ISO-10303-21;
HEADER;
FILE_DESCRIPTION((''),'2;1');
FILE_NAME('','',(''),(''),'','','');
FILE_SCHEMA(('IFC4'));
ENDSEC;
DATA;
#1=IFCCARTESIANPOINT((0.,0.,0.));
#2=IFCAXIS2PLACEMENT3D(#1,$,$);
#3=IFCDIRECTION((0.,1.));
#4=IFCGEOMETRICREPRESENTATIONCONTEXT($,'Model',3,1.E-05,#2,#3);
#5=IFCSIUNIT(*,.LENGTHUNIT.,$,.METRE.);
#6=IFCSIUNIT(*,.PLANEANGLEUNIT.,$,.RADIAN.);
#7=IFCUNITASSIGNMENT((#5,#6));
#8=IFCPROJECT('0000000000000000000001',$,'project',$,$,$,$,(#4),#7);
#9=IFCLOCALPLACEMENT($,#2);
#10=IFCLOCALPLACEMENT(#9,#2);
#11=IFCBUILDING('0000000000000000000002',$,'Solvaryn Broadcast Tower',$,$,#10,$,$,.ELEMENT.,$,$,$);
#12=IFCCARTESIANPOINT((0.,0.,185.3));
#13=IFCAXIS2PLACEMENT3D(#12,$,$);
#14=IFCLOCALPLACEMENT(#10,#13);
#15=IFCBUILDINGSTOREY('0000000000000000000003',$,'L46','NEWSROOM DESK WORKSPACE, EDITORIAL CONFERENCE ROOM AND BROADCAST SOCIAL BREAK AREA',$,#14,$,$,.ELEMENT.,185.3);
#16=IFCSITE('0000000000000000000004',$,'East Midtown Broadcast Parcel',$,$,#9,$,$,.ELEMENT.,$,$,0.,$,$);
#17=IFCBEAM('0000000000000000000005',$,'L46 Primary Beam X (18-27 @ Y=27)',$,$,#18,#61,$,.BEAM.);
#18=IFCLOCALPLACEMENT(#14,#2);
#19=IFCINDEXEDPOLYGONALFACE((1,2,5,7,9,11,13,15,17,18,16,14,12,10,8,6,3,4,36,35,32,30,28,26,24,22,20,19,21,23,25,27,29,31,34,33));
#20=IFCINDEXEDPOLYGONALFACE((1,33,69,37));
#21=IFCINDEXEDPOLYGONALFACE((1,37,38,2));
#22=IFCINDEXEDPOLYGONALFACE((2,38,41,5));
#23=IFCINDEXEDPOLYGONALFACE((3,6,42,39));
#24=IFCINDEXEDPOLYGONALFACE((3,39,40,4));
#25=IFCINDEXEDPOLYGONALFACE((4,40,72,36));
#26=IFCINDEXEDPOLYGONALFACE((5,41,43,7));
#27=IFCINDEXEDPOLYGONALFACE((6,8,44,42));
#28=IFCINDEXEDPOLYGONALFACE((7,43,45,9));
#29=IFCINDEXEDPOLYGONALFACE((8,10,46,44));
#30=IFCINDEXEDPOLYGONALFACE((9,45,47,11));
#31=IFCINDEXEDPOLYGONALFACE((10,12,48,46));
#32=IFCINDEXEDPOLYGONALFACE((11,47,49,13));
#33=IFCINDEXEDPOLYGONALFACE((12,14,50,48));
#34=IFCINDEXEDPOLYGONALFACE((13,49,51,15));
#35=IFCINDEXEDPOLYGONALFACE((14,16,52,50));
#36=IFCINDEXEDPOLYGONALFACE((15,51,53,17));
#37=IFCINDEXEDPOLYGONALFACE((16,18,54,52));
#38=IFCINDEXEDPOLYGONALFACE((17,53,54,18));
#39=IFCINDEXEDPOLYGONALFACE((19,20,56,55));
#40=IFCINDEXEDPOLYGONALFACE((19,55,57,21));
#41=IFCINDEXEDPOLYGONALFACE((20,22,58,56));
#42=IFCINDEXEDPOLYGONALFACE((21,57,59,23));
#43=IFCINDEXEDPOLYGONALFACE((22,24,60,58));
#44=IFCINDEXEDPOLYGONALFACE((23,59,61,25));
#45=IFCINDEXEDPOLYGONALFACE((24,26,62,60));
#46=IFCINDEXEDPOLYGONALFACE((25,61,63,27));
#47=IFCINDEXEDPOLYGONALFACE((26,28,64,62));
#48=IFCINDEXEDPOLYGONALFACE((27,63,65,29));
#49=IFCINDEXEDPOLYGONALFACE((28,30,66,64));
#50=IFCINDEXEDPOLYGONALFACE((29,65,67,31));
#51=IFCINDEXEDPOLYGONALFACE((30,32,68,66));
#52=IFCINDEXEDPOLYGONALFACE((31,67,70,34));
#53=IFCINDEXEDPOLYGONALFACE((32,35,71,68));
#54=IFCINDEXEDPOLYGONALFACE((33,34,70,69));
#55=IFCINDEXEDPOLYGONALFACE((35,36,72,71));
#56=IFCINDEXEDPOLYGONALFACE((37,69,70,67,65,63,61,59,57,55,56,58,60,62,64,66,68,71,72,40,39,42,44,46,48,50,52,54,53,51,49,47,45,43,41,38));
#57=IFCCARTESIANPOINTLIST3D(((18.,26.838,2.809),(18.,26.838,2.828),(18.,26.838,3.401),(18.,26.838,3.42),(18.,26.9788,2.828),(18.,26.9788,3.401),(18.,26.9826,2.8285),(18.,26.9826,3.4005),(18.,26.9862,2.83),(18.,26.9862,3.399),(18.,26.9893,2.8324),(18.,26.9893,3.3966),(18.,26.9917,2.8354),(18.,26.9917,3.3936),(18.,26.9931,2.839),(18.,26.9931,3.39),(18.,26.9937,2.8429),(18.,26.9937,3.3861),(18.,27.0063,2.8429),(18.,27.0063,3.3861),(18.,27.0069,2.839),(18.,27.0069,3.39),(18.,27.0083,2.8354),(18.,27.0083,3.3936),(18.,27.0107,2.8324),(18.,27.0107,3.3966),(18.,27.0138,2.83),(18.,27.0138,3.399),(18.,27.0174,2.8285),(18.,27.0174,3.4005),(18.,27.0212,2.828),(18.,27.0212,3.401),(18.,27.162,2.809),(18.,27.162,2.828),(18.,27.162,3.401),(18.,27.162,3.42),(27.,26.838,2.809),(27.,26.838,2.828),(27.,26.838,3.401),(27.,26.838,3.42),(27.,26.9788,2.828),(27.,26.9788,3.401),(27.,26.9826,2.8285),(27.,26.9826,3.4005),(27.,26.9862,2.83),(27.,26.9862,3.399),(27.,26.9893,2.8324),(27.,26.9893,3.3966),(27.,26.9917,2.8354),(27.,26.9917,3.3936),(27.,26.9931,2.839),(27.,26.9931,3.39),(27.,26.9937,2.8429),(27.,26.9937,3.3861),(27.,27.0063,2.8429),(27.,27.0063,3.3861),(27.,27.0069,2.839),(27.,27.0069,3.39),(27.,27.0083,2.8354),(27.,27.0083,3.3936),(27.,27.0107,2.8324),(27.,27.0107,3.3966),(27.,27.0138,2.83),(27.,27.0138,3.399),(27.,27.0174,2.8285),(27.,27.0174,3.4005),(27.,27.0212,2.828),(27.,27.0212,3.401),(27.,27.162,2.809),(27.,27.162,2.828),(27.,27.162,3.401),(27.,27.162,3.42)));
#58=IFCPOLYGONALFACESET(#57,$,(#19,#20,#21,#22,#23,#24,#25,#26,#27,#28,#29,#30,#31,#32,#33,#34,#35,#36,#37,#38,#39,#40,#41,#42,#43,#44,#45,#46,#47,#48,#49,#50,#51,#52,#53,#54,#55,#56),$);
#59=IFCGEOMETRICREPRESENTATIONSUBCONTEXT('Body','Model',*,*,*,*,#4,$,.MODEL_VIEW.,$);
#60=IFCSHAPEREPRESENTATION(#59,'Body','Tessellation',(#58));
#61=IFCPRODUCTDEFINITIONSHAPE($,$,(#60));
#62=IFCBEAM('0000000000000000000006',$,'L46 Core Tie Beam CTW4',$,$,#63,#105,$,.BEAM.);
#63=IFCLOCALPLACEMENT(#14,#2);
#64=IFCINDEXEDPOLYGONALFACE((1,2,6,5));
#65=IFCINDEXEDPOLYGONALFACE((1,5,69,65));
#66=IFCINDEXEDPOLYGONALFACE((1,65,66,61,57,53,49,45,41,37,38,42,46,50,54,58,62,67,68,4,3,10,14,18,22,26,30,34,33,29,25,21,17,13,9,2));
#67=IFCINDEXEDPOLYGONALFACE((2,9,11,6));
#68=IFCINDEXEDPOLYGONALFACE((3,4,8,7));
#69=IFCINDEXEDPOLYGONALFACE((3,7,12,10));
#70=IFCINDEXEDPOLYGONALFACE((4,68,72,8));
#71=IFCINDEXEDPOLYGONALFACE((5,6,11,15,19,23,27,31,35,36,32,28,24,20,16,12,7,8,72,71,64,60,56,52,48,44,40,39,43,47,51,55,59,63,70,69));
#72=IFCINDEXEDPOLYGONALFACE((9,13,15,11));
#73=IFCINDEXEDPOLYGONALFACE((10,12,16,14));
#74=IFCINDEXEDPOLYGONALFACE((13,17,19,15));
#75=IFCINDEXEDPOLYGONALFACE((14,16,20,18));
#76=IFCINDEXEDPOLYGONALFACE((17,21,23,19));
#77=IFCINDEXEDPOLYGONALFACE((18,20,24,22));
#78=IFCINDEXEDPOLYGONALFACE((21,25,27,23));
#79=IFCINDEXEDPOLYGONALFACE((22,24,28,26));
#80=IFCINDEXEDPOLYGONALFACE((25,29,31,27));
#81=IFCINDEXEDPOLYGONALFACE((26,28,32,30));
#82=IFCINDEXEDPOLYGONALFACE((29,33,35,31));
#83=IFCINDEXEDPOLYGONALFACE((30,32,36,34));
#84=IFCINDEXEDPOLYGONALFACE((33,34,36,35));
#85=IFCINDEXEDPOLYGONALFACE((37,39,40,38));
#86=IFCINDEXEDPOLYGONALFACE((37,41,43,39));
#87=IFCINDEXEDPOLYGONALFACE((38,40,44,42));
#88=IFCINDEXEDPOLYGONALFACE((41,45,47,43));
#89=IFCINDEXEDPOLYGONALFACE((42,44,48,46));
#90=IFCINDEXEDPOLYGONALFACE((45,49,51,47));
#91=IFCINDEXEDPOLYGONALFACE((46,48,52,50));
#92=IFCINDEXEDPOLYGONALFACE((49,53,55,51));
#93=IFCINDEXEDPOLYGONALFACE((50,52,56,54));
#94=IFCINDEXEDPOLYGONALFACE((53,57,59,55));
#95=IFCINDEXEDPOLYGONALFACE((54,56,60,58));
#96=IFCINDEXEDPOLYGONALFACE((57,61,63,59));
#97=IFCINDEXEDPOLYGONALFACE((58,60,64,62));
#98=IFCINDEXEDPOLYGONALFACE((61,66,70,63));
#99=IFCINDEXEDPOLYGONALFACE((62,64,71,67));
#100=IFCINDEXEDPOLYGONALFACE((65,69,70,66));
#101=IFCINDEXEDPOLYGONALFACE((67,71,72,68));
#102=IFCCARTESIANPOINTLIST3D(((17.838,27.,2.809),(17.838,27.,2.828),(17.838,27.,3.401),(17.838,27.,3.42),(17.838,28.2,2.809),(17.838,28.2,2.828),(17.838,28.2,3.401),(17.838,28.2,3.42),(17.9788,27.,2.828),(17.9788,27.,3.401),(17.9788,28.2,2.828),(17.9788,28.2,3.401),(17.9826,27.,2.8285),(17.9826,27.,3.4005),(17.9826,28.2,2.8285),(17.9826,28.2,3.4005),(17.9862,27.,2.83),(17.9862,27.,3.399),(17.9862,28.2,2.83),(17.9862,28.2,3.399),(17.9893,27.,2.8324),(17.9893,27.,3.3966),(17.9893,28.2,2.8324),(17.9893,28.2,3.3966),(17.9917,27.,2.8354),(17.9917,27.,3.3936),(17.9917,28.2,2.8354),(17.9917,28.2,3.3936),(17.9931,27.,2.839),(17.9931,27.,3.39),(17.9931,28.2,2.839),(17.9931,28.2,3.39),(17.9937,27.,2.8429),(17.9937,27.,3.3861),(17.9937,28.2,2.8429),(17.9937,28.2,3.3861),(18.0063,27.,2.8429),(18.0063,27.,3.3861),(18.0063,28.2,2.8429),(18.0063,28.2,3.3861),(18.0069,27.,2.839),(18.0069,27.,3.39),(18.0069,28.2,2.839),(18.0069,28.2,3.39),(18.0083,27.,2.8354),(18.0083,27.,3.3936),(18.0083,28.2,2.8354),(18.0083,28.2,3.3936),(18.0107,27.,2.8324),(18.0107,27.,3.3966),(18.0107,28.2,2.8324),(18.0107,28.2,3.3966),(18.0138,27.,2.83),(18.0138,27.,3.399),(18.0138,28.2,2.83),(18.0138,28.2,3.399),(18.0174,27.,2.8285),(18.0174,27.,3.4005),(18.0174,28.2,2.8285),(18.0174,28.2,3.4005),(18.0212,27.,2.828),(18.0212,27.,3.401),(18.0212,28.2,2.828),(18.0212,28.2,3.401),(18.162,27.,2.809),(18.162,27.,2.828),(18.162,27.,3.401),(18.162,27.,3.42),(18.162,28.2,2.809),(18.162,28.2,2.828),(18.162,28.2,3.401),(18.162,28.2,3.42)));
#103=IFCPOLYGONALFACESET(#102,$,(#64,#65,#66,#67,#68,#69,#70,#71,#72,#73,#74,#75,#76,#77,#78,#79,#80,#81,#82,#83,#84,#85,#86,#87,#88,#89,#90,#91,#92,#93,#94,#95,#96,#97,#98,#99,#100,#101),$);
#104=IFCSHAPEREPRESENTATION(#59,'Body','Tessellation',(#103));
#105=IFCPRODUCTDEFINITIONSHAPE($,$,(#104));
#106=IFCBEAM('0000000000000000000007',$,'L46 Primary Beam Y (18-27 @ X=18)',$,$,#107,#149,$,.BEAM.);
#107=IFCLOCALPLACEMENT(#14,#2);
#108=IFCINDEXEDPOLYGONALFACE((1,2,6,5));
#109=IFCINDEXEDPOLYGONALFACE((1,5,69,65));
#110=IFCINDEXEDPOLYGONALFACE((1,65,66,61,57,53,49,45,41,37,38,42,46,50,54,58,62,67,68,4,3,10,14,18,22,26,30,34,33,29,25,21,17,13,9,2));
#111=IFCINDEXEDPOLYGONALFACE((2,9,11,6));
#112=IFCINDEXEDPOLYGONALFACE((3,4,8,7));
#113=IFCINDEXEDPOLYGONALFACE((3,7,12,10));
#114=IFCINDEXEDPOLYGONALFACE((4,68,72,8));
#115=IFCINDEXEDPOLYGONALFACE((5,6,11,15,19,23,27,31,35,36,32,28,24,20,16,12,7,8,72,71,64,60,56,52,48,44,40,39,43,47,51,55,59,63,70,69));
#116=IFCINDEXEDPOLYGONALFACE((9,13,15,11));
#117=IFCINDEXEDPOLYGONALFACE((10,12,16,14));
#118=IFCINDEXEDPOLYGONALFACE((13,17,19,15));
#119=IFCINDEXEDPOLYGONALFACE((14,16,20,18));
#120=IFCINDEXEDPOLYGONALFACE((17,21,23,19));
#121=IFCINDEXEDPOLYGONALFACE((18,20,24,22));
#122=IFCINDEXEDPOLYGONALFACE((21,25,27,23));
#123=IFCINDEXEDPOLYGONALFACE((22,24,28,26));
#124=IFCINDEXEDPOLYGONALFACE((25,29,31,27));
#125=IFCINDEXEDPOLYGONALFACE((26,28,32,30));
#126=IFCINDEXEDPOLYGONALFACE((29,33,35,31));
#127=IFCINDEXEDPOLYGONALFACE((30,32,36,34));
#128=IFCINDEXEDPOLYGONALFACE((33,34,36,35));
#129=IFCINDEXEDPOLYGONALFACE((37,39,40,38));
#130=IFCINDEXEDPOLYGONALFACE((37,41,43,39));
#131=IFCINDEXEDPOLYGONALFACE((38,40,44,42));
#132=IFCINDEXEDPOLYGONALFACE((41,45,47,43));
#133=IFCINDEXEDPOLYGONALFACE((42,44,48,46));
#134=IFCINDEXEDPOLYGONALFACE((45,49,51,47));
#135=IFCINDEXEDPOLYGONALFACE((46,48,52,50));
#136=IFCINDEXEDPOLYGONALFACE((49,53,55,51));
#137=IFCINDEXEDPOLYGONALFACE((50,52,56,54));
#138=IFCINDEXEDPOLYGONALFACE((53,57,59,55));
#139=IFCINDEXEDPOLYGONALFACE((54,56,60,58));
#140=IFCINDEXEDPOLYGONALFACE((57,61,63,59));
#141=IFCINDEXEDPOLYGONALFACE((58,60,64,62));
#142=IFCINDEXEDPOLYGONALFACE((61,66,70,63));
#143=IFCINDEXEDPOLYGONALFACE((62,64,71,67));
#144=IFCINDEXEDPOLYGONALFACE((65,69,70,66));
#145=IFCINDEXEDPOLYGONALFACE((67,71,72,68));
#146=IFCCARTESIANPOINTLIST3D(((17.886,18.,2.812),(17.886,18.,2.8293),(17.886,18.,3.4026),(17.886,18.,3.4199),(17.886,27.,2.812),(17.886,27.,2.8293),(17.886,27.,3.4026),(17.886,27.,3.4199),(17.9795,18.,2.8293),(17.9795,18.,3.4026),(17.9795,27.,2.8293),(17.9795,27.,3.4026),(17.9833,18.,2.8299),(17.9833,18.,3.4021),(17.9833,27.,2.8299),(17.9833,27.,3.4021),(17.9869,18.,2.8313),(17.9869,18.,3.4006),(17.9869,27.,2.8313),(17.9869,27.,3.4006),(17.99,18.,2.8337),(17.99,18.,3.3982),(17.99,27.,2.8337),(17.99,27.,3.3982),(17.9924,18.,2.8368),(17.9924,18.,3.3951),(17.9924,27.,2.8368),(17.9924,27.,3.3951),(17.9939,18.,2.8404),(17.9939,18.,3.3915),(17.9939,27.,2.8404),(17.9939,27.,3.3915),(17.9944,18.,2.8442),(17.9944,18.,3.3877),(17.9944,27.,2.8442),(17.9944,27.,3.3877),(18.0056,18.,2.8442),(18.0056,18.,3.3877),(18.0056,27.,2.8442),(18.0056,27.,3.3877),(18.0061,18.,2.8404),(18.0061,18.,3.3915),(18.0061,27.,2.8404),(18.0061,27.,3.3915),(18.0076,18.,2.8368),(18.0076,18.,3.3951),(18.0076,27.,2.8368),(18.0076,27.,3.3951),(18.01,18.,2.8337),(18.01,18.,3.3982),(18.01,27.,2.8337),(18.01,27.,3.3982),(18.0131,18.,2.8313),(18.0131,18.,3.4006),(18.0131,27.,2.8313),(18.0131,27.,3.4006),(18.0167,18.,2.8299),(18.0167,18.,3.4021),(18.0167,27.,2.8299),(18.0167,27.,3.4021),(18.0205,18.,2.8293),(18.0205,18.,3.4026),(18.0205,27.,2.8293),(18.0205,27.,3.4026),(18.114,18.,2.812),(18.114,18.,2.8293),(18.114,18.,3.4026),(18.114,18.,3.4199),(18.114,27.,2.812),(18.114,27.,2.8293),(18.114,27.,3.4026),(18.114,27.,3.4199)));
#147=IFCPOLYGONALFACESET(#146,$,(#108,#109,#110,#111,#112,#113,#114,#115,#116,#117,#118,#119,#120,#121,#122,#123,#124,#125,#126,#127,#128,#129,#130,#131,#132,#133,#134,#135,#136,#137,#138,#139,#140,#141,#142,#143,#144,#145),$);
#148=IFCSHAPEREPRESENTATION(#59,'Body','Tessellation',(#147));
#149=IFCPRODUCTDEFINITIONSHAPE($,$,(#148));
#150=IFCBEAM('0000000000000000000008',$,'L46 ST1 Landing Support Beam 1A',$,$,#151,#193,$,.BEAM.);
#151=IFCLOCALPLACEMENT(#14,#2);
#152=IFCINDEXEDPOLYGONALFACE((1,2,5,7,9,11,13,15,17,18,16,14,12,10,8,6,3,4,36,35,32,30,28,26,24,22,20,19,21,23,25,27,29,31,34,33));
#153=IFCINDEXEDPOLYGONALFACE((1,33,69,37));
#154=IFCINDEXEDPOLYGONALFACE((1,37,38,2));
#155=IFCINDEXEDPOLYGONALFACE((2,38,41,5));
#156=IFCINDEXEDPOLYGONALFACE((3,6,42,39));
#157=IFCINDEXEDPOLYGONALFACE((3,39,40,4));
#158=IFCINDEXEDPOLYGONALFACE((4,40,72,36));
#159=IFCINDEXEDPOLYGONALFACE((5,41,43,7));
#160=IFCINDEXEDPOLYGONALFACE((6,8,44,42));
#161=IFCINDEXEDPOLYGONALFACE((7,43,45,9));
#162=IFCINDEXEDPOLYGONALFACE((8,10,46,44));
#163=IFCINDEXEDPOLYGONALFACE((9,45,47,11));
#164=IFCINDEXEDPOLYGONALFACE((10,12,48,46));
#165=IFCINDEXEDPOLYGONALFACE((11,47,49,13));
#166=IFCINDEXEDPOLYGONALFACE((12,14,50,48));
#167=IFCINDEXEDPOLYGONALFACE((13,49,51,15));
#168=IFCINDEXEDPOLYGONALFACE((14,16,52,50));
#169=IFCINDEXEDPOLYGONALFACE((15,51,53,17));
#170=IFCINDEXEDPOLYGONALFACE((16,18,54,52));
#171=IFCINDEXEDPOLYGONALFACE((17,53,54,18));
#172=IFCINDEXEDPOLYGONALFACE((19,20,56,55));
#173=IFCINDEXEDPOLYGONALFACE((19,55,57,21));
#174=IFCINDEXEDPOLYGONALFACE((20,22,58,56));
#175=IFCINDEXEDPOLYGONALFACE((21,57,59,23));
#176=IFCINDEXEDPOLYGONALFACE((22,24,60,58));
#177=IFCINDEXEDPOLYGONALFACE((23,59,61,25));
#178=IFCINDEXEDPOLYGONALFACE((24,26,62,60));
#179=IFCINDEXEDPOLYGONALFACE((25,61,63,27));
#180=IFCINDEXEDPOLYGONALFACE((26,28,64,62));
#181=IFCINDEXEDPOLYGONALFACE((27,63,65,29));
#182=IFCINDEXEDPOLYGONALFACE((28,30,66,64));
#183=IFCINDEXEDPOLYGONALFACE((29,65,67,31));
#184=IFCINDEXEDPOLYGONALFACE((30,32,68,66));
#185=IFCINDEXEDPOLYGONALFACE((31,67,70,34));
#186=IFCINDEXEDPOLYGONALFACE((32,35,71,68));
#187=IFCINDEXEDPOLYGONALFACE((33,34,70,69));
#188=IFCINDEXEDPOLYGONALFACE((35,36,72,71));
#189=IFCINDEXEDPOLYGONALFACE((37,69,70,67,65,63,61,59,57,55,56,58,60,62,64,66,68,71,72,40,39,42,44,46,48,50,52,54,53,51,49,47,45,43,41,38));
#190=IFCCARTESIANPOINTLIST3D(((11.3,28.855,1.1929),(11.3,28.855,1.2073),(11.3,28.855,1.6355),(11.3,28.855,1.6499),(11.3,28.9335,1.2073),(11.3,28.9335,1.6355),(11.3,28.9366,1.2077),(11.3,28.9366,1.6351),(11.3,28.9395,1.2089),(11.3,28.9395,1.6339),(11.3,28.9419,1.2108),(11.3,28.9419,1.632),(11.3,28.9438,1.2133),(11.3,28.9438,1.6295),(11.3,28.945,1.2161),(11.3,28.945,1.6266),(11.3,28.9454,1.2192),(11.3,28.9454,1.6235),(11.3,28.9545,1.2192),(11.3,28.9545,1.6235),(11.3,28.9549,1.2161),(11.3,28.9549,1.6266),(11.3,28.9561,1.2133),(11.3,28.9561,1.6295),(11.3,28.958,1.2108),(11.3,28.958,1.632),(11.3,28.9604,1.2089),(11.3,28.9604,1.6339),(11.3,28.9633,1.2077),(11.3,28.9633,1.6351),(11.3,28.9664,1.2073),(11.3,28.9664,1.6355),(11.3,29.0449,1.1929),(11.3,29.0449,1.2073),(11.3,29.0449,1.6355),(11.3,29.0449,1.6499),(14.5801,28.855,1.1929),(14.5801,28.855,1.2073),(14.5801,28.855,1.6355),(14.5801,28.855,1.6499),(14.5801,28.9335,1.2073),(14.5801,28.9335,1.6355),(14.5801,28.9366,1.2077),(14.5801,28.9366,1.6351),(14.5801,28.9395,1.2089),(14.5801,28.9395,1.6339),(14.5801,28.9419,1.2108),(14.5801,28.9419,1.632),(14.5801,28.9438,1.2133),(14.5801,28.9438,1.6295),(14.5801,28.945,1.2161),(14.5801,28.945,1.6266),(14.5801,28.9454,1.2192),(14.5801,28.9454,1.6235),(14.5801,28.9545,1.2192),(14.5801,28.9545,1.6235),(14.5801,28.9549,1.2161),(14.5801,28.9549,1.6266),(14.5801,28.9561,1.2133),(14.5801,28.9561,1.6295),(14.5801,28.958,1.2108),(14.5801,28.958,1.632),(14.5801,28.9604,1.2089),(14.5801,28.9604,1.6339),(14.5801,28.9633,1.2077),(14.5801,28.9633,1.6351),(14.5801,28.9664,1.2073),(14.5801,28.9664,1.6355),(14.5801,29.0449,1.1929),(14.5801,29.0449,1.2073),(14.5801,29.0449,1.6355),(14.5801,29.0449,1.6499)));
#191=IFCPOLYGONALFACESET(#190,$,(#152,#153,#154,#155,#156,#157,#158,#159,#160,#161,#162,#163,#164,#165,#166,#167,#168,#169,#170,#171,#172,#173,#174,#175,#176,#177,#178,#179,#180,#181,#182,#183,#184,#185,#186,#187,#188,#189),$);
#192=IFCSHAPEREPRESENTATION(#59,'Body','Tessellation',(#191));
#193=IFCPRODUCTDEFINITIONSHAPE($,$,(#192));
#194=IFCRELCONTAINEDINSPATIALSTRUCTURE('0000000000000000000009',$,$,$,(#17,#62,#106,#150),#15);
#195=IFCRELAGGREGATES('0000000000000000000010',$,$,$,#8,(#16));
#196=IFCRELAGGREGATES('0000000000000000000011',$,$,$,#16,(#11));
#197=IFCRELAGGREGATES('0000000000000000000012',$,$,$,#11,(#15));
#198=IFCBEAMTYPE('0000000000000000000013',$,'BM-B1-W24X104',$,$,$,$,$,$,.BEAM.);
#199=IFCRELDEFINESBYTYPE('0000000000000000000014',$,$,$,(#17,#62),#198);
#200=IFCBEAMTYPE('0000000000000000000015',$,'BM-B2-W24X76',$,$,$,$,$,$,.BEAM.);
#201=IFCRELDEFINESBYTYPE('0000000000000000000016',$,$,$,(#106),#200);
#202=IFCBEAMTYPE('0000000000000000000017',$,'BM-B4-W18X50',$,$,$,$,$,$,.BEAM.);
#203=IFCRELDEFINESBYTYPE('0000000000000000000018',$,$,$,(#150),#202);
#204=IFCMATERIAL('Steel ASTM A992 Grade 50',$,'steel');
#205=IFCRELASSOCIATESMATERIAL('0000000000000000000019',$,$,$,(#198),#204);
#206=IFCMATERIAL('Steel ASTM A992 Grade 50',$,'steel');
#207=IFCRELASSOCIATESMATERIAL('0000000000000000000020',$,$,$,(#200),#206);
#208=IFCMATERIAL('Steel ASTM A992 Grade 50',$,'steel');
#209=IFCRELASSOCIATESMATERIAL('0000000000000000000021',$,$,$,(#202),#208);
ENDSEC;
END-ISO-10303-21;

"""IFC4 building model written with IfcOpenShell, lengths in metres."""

from ifc_helpers import new_model, si_unit, direction, frame, origin, origin_2d, place, context, subcontext, project, spatial, i_section, extrude, material, material_profile, profile_set, type_object, element, save


model = new_model("IFC4")

# Units and contexts
model_context = context("Model", 3, precision=1e-05, world=origin(), true_north=direction((0.0, 1.0)))
body_context = subcontext(model_context, "Body", "Model", "MODEL_VIEW")
ifc_project = project(units=[si_unit("LENGTHUNIT", "METRE"), si_unit("PLANEANGLEUNIT", "RADIAN")], contexts=[model_context])

# Site, building, storey
site_placement = place(None, origin())
site = spatial("IfcSite", under=ifc_project, at=site_placement, Name="East Midtown Broadcast Parcel", CompositionType="ELEMENT", RefElevation=0.0)
building_placement = place(site_placement, origin())
building = spatial("IfcBuilding", under=site, at=building_placement, Name="Solvaryn Broadcast Tower", CompositionType="ELEMENT")
storey_placement = place(building_placement, frame((0.0, 0.0, 185.3)))
storey = spatial("IfcBuildingStorey", under=building, at=storey_placement, Name="L46", Description="NEWSROOM DESK WORKSPACE, EDITORIAL CONFERENCE ROOM AND BROADCAST SOCIAL BREAK AREA", CompositionType="ELEMENT", Elevation=185.3)

# Beams
ifc_material_1 = material(Name="Steel ASTM A992 Grade 50", Category="steel")
ifc_material_profile_1 = material_profile(ifc_material_1, i_section(OverallWidth=0.324, OverallDepth=0.6111, WebThickness=0.0127, FlangeThickness=0.019, FilletRadius=0.0149, at=origin_2d()))
ifc_profile_set_1 = profile_set([ifc_material_profile_1], Name="Steel ASTM A992 Grade 50")
beam_type_1 = type_object("IfcBeamType", Name="BM-B1-W24X104", PredefinedType="BEAM", material=ifc_profile_set_1)
for number, where, z_axis, x_axis, name in (
    (1, (18.0, 27.0, 3.1145), (1.0, 0.0, 0.0), (0.0, 1.0, 0.0), "L46 Primary Beam X (18-27 @ Y=27)"),
):
    element("IfcBeam", number, at=place(storey_placement, frame(where, z_axis=z_axis, x_axis=x_axis)), inside=storey, type_object=beam_type_1, Name=name, PredefinedType="BEAM", context=body_context, shape_type="SweptSolid", body=[
        extrude(i_section(OverallWidth=0.324, OverallDepth=0.6111, WebThickness=0.0127, FlangeThickness=0.019, FilletRadius=0.0149, at=origin_2d()), origin(), (0.0, 0.0, 1.0), 9.0),
    ])
beam_1_placement = place(storey_placement, frame((18.0, 27.0, 3.1145), z_axis=(0.0, 1.0, 0.0), x_axis=(-1.0, 0.0, 0.0)))
element("IfcBeam", 2, at=beam_1_placement, inside=storey, type_object=beam_type_1, Name="L46 Core Tie Beam CTW4", PredefinedType="BEAM", context=body_context, shape_type="SweptSolid", body=[
    extrude(i_section(OverallWidth=0.324, OverallDepth=0.6111, WebThickness=0.0127, FlangeThickness=0.019, FilletRadius=0.0149, at=origin_2d()), origin(), (0.0, 0.0, 1.0), 1.2),
])
ifc_material_2 = material(Name="Steel ASTM A992 Grade 50", Category="steel")
ifc_material_profile_2 = material_profile(ifc_material_2, i_section(OverallWidth=0.228, OverallDepth=0.6079, WebThickness=0.0112, FlangeThickness=0.0173, FilletRadius=0.0149, at=origin_2d()))
ifc_profile_set_2 = profile_set([ifc_material_profile_2], Name="Steel ASTM A992 Grade 50")
beam_type_2 = type_object("IfcBeamType", Name="BM-B2-W24X76", PredefinedType="BEAM", material=ifc_profile_set_2)
beam_2_placement = place(storey_placement, frame((18.0, 18.0, 3.116), z_axis=(0.0, 1.0, 0.0), x_axis=(-1.0, 0.0, 0.0)))
element("IfcBeam", 3, at=beam_2_placement, inside=storey, type_object=beam_type_2, Name="L46 Primary Beam Y (18-27 @ X=18)", PredefinedType="BEAM", context=body_context, shape_type="SweptSolid", body=[
    extrude(i_section(OverallWidth=0.228, OverallDepth=0.6079, WebThickness=0.0112, FlangeThickness=0.0173, FilletRadius=0.0149, at=origin_2d()), origin(), (0.0, 0.0, 1.0), 9.0),
])
ifc_material_3 = material(Name="Steel ASTM A992 Grade 50", Category="steel")
ifc_material_profile_3 = material_profile(ifc_material_3, i_section(OverallWidth=0.1899, OverallDepth=0.457, WebThickness=0.009, FlangeThickness=0.0144, FilletRadius=0.012, at=origin_2d()))
ifc_profile_set_3 = profile_set([ifc_material_profile_3], Name="Steel ASTM A992 Grade 50")
beam_type_3 = type_object("IfcBeamType", Name="BM-B4-W18X50", PredefinedType="BEAM", material=ifc_profile_set_3)
beam_3_placement = place(storey_placement, frame((11.3, 28.95, 1.4214), z_axis=(1.0, 0.0, 0.0), x_axis=(0.0, 1.0, 0.0)))
element("IfcBeam", 4, at=beam_3_placement, inside=storey, type_object=beam_type_3, Name="L46 ST1 Landing Support Beam 1A", PredefinedType="BEAM", context=body_context, shape_type="SweptSolid", body=[
    extrude(i_section(OverallWidth=0.1899, OverallDepth=0.457, WebThickness=0.009, FlangeThickness=0.0144, FilletRadius=0.012, at=origin_2d()), origin(), (0.0, 0.0, 1.0), 3.28),
])

save(model, "model.ifc")
